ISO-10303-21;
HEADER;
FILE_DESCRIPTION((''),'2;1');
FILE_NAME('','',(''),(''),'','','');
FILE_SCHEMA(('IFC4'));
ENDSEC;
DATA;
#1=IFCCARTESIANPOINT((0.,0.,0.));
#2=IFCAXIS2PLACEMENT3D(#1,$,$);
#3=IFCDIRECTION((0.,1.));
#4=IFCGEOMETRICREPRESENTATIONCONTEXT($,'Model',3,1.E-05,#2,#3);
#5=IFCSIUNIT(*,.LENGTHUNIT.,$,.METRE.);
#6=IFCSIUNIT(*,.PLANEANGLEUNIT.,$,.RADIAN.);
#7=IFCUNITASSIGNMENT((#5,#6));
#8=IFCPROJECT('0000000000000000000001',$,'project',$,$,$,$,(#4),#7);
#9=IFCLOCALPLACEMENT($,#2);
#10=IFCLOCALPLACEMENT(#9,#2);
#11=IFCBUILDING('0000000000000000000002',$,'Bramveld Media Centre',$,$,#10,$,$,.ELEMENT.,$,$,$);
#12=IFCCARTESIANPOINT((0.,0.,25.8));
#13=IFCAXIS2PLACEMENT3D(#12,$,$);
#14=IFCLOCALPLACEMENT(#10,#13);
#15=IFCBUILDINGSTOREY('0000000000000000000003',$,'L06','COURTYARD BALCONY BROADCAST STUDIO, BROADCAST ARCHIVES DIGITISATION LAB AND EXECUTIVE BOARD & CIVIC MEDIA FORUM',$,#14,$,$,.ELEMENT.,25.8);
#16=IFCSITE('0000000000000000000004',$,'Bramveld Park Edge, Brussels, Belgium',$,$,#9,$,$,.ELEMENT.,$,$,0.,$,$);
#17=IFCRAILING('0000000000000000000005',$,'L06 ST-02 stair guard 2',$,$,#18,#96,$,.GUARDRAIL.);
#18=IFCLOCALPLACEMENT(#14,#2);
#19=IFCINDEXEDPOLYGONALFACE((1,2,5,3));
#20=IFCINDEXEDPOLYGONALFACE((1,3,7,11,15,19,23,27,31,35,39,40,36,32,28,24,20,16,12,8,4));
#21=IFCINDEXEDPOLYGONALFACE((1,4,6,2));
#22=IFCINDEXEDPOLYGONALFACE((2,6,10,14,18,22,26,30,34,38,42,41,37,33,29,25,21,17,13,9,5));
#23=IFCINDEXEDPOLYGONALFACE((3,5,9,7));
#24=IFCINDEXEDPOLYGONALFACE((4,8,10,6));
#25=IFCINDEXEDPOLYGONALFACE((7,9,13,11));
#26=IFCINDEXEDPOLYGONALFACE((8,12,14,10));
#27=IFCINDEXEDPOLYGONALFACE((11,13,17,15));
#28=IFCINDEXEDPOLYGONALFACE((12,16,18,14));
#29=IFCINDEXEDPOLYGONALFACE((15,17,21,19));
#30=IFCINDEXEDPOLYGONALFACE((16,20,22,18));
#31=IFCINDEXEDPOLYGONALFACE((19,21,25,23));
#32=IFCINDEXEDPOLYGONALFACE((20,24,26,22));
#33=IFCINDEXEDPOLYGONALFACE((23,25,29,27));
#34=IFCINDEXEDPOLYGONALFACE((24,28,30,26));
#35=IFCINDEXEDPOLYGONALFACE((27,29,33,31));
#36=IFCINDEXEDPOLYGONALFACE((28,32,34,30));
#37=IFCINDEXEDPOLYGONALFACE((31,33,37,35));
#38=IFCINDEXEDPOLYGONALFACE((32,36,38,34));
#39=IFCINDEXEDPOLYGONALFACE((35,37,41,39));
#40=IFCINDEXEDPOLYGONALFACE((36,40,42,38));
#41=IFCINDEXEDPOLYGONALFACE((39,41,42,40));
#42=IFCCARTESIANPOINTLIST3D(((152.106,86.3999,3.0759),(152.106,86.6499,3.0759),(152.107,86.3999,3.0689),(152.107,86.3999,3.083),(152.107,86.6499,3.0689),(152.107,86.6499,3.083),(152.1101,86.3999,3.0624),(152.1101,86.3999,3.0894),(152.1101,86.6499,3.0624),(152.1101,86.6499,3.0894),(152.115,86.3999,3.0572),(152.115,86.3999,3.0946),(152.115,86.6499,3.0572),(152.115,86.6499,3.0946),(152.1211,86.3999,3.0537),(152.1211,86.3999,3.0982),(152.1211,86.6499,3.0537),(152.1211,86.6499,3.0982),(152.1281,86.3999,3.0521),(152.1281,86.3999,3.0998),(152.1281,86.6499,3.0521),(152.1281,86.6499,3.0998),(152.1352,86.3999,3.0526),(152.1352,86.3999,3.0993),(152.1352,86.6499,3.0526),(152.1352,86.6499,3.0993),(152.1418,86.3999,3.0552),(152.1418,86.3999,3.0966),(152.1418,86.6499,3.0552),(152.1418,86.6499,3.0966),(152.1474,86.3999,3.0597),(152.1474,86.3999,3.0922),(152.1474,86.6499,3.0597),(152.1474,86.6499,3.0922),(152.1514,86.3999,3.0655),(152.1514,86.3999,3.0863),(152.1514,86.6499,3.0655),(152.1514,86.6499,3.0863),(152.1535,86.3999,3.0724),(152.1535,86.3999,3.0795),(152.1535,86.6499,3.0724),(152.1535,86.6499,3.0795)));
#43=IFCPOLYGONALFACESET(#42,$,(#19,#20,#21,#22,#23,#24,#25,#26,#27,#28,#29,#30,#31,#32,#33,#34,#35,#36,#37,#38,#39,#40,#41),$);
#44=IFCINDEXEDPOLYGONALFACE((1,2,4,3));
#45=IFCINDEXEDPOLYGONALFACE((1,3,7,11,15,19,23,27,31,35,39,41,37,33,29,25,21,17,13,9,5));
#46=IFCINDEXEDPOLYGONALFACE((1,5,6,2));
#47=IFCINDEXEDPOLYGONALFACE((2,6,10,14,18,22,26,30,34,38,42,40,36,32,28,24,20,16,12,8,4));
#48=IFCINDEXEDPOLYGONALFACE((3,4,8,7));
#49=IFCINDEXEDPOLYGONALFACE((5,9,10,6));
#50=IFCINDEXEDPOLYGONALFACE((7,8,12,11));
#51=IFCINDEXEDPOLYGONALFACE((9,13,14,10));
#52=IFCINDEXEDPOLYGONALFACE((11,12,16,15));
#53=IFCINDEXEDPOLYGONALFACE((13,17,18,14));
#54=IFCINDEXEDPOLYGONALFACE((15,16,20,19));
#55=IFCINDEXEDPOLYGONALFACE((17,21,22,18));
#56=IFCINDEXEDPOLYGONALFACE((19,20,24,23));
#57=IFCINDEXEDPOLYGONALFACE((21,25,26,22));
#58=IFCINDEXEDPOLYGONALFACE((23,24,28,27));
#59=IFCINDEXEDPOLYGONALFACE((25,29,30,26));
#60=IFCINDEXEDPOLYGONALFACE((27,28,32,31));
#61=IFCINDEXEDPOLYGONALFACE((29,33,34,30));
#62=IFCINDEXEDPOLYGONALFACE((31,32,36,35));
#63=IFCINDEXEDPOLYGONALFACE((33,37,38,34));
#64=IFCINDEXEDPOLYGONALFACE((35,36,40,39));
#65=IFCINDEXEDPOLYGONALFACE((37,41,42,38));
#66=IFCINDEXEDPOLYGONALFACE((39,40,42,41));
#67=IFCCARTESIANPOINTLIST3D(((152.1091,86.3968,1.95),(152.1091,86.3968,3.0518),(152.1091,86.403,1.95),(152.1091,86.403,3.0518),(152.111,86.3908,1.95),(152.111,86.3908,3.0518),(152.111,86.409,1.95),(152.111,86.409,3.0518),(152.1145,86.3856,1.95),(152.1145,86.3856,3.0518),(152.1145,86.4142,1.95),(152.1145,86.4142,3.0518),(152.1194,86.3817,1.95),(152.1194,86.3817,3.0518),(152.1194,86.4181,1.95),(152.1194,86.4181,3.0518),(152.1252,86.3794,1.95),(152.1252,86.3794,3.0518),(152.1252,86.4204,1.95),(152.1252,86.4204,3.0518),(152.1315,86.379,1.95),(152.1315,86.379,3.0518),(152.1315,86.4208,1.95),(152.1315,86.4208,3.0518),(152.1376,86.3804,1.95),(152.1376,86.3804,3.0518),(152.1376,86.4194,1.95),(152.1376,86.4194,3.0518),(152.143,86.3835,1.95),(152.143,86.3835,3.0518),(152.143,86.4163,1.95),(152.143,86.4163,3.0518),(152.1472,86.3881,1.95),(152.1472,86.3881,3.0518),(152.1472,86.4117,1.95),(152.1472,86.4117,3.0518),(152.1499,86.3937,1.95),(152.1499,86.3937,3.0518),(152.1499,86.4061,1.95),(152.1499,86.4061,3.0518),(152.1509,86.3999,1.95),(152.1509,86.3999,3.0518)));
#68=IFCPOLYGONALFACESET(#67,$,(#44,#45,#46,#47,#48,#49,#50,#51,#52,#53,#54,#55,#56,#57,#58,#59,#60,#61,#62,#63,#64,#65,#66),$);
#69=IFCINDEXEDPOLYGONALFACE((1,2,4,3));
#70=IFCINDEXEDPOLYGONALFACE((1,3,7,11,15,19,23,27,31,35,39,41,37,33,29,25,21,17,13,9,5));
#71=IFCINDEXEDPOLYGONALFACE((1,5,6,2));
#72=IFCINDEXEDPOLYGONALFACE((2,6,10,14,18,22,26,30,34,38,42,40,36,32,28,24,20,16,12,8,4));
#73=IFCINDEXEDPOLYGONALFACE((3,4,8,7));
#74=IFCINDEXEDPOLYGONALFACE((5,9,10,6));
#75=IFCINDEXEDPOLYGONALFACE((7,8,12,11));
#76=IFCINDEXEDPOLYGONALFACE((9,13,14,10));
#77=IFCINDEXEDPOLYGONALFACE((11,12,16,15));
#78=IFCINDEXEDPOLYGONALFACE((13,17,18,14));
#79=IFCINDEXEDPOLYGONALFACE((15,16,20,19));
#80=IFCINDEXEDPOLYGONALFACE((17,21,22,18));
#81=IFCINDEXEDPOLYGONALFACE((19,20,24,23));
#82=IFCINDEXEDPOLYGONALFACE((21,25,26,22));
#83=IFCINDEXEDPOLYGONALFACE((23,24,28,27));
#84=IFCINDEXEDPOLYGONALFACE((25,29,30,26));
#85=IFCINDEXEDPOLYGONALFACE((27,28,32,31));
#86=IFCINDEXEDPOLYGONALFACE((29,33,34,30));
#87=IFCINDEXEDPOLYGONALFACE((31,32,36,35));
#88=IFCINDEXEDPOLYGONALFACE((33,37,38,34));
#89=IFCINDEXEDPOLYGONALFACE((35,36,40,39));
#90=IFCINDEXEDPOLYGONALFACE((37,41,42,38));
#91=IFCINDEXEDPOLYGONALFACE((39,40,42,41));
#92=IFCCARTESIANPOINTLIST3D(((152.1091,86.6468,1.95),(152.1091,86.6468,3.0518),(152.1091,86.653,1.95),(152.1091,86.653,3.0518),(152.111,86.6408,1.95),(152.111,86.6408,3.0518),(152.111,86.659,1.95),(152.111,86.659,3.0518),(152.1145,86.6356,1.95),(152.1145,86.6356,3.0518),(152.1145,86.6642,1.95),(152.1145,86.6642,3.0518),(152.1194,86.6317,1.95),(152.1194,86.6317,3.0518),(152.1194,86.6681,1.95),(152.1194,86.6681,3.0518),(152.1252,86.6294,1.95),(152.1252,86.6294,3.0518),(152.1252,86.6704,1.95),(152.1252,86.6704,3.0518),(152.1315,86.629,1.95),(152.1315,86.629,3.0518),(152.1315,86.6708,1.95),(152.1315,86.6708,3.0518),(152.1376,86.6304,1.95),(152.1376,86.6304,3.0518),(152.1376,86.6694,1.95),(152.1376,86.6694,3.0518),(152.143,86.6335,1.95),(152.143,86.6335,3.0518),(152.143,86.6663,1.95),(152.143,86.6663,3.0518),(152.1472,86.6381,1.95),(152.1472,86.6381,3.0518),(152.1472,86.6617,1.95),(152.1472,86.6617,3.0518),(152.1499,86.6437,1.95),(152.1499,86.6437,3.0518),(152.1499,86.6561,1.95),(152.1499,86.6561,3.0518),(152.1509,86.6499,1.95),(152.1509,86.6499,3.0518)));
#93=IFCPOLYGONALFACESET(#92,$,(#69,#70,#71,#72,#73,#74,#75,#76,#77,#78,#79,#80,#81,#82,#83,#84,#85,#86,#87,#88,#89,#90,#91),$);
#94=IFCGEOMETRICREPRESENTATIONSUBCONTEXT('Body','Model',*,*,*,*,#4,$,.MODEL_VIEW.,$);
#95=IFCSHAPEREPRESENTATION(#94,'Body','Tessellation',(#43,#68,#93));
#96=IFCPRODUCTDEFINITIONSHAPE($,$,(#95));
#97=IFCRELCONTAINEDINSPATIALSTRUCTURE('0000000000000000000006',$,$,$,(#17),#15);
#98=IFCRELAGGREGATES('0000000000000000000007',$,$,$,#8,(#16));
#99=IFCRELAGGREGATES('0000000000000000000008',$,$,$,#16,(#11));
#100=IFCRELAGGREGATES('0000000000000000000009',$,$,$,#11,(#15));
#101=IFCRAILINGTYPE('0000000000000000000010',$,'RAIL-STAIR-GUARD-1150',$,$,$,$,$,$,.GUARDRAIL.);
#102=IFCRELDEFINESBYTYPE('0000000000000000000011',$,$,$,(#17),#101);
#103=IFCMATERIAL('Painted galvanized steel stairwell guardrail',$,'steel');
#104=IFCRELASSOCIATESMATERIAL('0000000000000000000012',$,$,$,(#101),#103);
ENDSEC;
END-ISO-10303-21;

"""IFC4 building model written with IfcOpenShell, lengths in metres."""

from ifc_helpers import new_model, si_unit, direction, frame, origin, origin_2d, place, context, subcontext, project, spatial, circle, extrude, material, type_object, element, save


model = new_model("IFC4")

# Units and contexts
model_context = context("Model", 3, precision=1e-05, world=origin(), true_north=direction((0.0, 1.0)))
body_context = subcontext(model_context, "Body", "Model", "MODEL_VIEW")
ifc_project = project(units=[si_unit("LENGTHUNIT", "METRE"), si_unit("PLANEANGLEUNIT", "RADIAN")], contexts=[model_context])

# Site, building, storey
site_placement = place(None, origin())
site = spatial("IfcSite", under=ifc_project, at=site_placement, Name="Bramveld Park Edge, Brussels, Belgium", CompositionType="ELEMENT", RefElevation=0.0)
building_placement = place(site_placement, origin())
building = spatial("IfcBuilding", under=site, at=building_placement, Name="Bramveld Media Centre", CompositionType="ELEMENT")
storey_placement = place(building_placement, frame((0.0, 0.0, 25.8)))
storey = spatial("IfcBuildingStorey", under=building, at=storey_placement, Name="L06", Description="COURTYARD BALCONY BROADCAST STUDIO, BROADCAST ARCHIVES DIGITISATION LAB AND EXECUTIVE BOARD & CIVIC MEDIA FORUM", CompositionType="ELEMENT", Elevation=25.8)

# Railing
ifc_material_1 = material(Name="Painted galvanized steel stairwell guardrail", Category="steel")
railing_type_1 = type_object("IfcRailingType", Name="RAIL-STAIR-GUARD-1150", PredefinedType="GUARDRAIL", material=ifc_material_1)
railing_1_placement = place(storey_placement, frame((152.1299, 86.3999, 1.95)))
element("IfcRailing", 1, at=railing_1_placement, inside=storey, type_object=railing_type_1, Name="L06 ST-02 stair guard 2", PredefinedType="GUARDRAIL", context=body_context, shape_type="SweptSolid", body=[
    extrude(circle(Radius=0.0239, at=origin_2d()), frame((0.0, 0.0, 1.126), z_axis=(0.0, 1.0, 0.0), x_axis=(-1.0, 0.0, 0.0)), (0.0, 0.0, 1.0), 0.25),
    extrude(circle(Radius=0.021, at=origin_2d()), origin(), (0.0, 0.0, 1.0), 1.1018),
    extrude(circle(Radius=0.021, at=origin_2d()), frame((0.0, 0.25, 0.0)), (0.0, 0.0, 1.0), 1.1018),
])

save(model, "model.ifc")
